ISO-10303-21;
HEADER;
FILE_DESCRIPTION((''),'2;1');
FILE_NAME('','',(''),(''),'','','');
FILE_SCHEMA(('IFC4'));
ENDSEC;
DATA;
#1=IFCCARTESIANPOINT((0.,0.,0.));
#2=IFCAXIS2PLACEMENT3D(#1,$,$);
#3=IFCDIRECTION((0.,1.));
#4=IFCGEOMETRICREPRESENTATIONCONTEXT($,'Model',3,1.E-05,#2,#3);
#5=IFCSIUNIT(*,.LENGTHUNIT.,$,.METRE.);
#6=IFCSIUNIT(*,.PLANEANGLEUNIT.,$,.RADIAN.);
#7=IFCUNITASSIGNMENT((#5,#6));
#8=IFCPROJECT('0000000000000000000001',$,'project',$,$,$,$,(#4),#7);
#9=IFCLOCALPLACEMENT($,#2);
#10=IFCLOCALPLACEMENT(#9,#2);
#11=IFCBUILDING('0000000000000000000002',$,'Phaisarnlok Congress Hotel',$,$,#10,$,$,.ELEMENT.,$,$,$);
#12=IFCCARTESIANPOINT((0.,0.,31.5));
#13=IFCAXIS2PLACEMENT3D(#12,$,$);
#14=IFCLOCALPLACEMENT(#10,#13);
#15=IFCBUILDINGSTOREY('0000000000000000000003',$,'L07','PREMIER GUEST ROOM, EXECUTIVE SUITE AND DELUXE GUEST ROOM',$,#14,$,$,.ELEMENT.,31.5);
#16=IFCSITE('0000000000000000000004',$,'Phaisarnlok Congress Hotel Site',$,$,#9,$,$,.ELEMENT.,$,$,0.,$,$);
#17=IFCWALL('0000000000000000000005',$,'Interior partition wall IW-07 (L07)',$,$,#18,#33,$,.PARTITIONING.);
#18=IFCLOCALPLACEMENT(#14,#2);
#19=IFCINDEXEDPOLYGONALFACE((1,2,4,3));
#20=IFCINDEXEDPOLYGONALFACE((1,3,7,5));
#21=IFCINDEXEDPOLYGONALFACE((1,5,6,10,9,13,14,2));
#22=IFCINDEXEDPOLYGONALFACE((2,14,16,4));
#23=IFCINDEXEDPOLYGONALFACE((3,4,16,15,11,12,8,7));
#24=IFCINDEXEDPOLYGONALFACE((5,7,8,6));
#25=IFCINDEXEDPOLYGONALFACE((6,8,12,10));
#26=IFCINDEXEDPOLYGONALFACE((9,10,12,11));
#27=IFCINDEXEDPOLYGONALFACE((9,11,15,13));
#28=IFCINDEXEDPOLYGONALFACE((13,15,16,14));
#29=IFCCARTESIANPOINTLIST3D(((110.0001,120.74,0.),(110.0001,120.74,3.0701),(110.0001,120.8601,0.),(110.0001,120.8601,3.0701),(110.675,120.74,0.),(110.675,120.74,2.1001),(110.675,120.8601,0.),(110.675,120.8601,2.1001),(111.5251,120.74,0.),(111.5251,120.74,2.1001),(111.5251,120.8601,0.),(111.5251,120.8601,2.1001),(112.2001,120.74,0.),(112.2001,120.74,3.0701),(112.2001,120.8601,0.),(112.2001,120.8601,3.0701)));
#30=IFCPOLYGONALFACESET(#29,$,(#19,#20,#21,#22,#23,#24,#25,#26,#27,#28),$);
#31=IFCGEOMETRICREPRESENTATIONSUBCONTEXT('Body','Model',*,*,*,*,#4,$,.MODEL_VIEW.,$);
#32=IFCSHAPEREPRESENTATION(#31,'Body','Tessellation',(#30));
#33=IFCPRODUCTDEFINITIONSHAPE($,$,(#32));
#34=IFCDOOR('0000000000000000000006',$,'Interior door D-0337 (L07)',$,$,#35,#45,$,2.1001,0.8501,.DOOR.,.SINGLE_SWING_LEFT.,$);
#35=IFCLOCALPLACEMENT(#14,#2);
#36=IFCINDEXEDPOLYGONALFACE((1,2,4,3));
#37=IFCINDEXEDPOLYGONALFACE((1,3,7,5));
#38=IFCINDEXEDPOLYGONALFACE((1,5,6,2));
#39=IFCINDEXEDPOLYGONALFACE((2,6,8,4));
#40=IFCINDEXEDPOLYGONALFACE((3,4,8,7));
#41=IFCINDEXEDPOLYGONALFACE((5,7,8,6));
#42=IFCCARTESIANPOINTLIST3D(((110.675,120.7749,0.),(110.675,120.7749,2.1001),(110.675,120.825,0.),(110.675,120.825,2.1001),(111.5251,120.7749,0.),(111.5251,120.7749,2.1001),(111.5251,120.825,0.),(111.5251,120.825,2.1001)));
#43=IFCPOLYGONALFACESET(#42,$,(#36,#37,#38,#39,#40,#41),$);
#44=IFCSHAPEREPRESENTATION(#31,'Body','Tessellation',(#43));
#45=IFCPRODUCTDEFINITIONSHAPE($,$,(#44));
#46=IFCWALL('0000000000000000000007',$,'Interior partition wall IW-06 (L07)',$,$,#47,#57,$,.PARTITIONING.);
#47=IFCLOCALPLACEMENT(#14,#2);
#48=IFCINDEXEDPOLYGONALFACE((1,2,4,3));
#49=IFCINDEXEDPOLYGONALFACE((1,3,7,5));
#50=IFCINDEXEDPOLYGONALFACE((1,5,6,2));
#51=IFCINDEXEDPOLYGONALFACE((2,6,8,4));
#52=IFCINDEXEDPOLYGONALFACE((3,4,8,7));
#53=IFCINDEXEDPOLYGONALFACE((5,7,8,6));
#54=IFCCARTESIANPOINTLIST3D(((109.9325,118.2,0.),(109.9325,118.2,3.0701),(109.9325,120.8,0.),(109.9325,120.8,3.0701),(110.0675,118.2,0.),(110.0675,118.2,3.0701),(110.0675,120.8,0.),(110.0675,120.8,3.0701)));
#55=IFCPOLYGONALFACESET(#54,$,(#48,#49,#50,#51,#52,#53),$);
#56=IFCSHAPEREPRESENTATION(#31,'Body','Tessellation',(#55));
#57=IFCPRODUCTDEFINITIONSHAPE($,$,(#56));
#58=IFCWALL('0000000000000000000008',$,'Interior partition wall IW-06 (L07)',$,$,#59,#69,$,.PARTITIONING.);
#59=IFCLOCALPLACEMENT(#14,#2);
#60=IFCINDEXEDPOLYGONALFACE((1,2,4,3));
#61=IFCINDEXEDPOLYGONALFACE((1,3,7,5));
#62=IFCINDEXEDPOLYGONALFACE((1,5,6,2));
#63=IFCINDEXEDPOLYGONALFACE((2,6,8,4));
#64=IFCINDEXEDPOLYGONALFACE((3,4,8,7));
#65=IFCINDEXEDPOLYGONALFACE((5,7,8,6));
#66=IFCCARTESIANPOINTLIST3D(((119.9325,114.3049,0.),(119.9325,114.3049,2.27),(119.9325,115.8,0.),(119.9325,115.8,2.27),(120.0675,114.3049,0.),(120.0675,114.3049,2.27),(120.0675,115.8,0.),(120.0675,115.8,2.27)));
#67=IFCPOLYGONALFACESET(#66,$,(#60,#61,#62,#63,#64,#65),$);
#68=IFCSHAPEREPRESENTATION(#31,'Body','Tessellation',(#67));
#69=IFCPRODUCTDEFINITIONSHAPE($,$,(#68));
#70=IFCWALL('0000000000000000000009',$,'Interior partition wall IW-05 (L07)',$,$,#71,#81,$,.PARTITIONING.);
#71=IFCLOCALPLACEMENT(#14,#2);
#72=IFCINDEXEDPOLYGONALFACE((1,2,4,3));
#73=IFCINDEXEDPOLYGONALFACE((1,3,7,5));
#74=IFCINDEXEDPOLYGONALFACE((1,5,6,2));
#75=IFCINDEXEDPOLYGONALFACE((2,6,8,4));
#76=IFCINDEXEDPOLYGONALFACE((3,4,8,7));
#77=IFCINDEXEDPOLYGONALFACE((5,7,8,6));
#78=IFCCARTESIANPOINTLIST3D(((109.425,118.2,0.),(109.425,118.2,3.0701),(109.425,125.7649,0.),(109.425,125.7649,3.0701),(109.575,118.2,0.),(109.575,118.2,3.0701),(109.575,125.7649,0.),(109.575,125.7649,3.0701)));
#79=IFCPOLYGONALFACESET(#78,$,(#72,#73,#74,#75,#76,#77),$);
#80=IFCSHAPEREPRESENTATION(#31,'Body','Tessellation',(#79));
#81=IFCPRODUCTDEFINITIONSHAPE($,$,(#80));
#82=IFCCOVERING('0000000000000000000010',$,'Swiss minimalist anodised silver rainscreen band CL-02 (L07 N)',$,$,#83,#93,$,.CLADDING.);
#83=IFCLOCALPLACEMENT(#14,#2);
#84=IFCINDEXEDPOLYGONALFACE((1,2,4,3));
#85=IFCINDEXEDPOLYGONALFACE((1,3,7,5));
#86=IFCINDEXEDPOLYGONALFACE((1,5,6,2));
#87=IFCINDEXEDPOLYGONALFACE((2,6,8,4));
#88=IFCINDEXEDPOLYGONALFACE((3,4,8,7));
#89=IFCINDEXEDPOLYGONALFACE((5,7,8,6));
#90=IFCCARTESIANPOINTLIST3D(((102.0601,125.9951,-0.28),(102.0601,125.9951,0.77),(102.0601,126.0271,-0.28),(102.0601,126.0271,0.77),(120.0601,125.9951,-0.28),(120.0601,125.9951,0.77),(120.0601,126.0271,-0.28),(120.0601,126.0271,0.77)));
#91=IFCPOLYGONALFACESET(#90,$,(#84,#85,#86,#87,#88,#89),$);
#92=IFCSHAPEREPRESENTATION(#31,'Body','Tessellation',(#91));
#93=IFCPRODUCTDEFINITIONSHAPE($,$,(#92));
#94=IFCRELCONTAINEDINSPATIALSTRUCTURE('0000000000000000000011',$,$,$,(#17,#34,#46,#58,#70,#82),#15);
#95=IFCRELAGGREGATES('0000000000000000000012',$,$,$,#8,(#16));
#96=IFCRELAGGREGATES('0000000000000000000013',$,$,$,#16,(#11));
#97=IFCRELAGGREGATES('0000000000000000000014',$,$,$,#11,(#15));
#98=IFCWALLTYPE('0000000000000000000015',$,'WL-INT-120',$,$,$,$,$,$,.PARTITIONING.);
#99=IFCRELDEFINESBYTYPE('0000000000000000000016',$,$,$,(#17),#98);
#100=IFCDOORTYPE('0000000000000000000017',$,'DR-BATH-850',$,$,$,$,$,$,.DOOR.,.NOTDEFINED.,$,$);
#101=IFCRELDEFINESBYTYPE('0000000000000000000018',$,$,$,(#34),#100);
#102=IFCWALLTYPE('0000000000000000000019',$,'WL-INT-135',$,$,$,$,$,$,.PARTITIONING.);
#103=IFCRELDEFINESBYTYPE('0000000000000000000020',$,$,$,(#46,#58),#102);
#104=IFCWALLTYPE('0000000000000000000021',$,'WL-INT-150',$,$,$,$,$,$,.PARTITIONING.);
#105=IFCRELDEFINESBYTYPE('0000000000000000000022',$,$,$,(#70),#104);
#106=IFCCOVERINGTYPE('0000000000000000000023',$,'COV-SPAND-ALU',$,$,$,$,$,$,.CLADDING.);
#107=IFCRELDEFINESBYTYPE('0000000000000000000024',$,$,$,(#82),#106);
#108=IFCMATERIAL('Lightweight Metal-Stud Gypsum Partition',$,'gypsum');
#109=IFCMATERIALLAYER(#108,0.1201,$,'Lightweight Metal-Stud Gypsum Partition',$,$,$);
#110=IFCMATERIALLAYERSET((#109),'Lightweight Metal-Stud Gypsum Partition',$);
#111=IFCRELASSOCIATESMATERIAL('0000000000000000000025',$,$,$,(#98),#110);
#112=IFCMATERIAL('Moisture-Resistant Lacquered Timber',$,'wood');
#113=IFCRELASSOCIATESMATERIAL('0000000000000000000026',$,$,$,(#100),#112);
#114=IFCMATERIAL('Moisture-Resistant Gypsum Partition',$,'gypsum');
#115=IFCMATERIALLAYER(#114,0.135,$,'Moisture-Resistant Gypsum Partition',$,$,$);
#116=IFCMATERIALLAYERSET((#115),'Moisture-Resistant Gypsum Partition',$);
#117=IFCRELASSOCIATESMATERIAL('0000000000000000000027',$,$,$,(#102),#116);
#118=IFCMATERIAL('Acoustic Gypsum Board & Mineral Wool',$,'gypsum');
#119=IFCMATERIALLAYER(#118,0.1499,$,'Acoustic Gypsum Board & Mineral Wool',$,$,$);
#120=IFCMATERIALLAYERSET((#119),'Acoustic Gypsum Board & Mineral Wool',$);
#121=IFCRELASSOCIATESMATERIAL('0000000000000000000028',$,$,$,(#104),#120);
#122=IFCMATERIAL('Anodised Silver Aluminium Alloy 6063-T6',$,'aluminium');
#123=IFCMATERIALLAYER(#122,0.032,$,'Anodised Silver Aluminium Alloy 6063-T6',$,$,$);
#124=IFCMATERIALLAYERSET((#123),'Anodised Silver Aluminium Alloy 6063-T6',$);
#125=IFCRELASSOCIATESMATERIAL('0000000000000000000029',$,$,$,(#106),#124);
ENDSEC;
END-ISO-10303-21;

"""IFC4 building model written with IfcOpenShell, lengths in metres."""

from ifc_helpers import new_model, si_unit, direction, frame, frame_2d, origin, place, context, subcontext, project, spatial, polyline, rectangle, outline, extrude, material, layer, layer_set, type_object, element, fill, save


model = new_model("IFC4")

# Units and contexts
model_context = context("Model", 3, precision=1e-05, world=origin(), true_north=direction((0.0, 1.0)))
body_context = subcontext(model_context, "Body", "Model", "MODEL_VIEW")
ifc_project = project(units=[si_unit("LENGTHUNIT", "METRE"), si_unit("PLANEANGLEUNIT", "RADIAN")], contexts=[model_context])

# Site, building, storey
site_placement = place(None, origin())
site = spatial("IfcSite", under=ifc_project, at=site_placement, Name="Phaisarnlok Congress Hotel Site", CompositionType="ELEMENT", RefElevation=0.0)
building_placement = place(site_placement, origin())
building = spatial("IfcBuilding", under=site, at=building_placement, Name="Phaisarnlok Congress Hotel", CompositionType="ELEMENT")
storey_placement = place(building_placement, frame((0.0, 0.0, 31.5)))
storey = spatial("IfcBuildingStorey", under=building, at=storey_placement, Name="L07", Description="PREMIER GUEST ROOM, EXECUTIVE SUITE AND DELUXE GUEST ROOM", CompositionType="ELEMENT", Elevation=31.5)

# Shared definitions
ifc_material_1 = material(Name="Lightweight Metal-Stud Gypsum Partition", Category="gypsum")
ifc_layer_1 = layer(ifc_material_1, 0.1201, Name="Lightweight Metal-Stud Gypsum Partition")
ifc_layer_set_1 = layer_set([ifc_layer_1], Name="Lightweight Metal-Stud Gypsum Partition")
wall_type_1 = type_object("IfcWallType", Name="WL-INT-120", PredefinedType="PARTITIONING", material=ifc_layer_set_1)

# Wall, opening, door
wall_1_placement = place(storey_placement, frame((110.0, 120.8, 0.0), z_axis=(0.0, 0.0, 1.0), x_axis=(1.0, 0.0, 0.0)))
wall_1 = element("IfcWall", 1, at=wall_1_placement, inside=storey, type_object=wall_type_1, Name="Interior partition wall IW-07 (L07)", PredefinedType="PARTITIONING", context=body_context, shape_type="SweptSolid", body=[
    extrude(rectangle(XDim=2.2, YDim=0.1201, at=frame_2d((1.1001, 0.0))), origin(), (0.0, 0.0, 1.0), 3.0701),
])
opening_1_placement = place(wall_1_placement, frame((0.675, 0.0, 0.0)))
opening_1 = element("IfcOpeningElement", 2, at=opening_1_placement, cuts=wall_1, PredefinedType="OPENING", context=body_context, shape_type="SweptSolid", body=[
    extrude(rectangle(XDim=0.8501, YDim=2.1001, at=frame_2d((0.425, 1.05))), frame((0.0, 0.0701, 0.0), z_axis=(0.0, -1.0, 0.0), x_axis=(1.0, 0.0, 0.0)), (0.0, 0.0, 1.0), 0.1401),
])
ifc_material_2 = material(Name="Moisture-Resistant Lacquered Timber", Category="wood")
door_type = type_object("IfcDoorType", Name="DR-BATH-850", OperationType="NOTDEFINED", PredefinedType="DOOR", material=ifc_material_2)
door_placement = place(opening_1_placement, origin())
door = element("IfcDoor", 3, at=door_placement, inside=storey, type_object=door_type, Name="Interior door D-0337 (L07)", OperationType="SINGLE_SWING_LEFT", OverallHeight=2.1001, OverallWidth=0.8501, PredefinedType="DOOR", context=body_context, shape_type="SweptSolid", body=[
    extrude(rectangle(XDim=0.8501, YDim=2.1001, at=frame_2d((0.425, 1.05))), frame((0.0, 0.0249, 0.0), z_axis=(0.0, -1.0, 0.0), x_axis=(1.0, 0.0, 0.0)), (0.0, 0.0, 1.0), 0.05),
])
fill(opening_1, door)

# Walls
ifc_material_3 = material(Name="Moisture-Resistant Gypsum Partition", Category="gypsum")
ifc_layer_2 = layer(ifc_material_3, 0.135, Name="Moisture-Resistant Gypsum Partition")
ifc_layer_set_2 = layer_set([ifc_layer_2], Name="Moisture-Resistant Gypsum Partition")
wall_type_2 = type_object("IfcWallType", Name="WL-INT-135", PredefinedType="PARTITIONING", material=ifc_layer_set_2)
wall_2_placement = place(storey_placement, frame((110.0, 118.2, 0.0), z_axis=(0.0, 0.0, 1.0), x_axis=(0.0, 1.0, 0.0)))
element("IfcWall", 4, at=wall_2_placement, inside=storey, type_object=wall_type_2, Name="Interior partition wall IW-06 (L07)", PredefinedType="PARTITIONING", context=body_context, shape_type="SweptSolid", body=[
    extrude(rectangle(XDim=2.6001, YDim=0.135, at=frame_2d((1.3, 0.0))), origin(), (0.0, 0.0, 1.0), 3.0701),
])
wall_3_placement = place(storey_placement, frame((120.0, 114.3049, 0.0), z_axis=(0.0, 0.0, 1.0), x_axis=(0.0, 1.0, 0.0)))
element("IfcWall", 5, at=wall_3_placement, inside=storey, type_object=wall_type_2, Name="Interior partition wall IW-06 (L07)", PredefinedType="PARTITIONING", context=body_context, shape_type="SweptSolid", body=[
    extrude(rectangle(XDim=1.4951, YDim=0.135, at=frame_2d((0.7476, 0.0))), origin(), (0.0, 0.0, 1.0), 2.27),
])
ifc_material_4 = material(Name="Acoustic Gypsum Board & Mineral Wool", Category="gypsum")
ifc_layer_3 = layer(ifc_material_4, 0.1499, Name="Acoustic Gypsum Board & Mineral Wool")
ifc_layer_set_3 = layer_set([ifc_layer_3], Name="Acoustic Gypsum Board & Mineral Wool")
wall_type_3 = type_object("IfcWallType", Name="WL-INT-150", PredefinedType="PARTITIONING", material=ifc_layer_set_3)
wall_4_placement = place(storey_placement, frame((109.5, 118.2, 0.0), z_axis=(0.0, 0.0, 1.0), x_axis=(0.0, 1.0, 0.0)))
element("IfcWall", 6, at=wall_4_placement, inside=storey, type_object=wall_type_3, Name="Interior partition wall IW-05 (L07)", PredefinedType="PARTITIONING", context=body_context, shape_type="SweptSolid", body=[
    extrude(rectangle(XDim=7.5649, YDim=0.1499, at=frame_2d((3.7825, 0.0))), origin(), (0.0, 0.0, 1.0), 3.0701),
])

# Covering
ifc_material_5 = material(Name="Anodised Silver Aluminium Alloy 6063-T6", Category="aluminium")
ifc_layer_4 = layer(ifc_material_5, 0.032, Name="Anodised Silver Aluminium Alloy 6063-T6")
ifc_layer_set_4 = layer_set([ifc_layer_4], Name="Anodised Silver Aluminium Alloy 6063-T6")
covering_type = type_object("IfcCoveringType", Name="COV-SPAND-ALU", PredefinedType="CLADDING", material=ifc_layer_set_4)
covering_placement = place(storey_placement, frame((120.0601, 125.9951, -0.28), z_axis=(0.0, 1.0, 0.0), x_axis=(-1.0, 0.0, 0.0)))
element("IfcCovering", 7, at=covering_placement, inside=storey, type_object=covering_type, Name="Swiss minimalist anodised silver rainscreen band CL-02 (L07 N)", PredefinedType="CLADDING", context=body_context, shape_type="SweptSolid", body=[
    extrude(outline(polyline([(0.0, 0.0), (18.0, 0.0), (18.0, 1.05), (0.0, 1.05), (0.0, 0.0)])), origin(), (0.0, 0.0, 1.0), 0.032),
])

save(model, "model.ifc")
